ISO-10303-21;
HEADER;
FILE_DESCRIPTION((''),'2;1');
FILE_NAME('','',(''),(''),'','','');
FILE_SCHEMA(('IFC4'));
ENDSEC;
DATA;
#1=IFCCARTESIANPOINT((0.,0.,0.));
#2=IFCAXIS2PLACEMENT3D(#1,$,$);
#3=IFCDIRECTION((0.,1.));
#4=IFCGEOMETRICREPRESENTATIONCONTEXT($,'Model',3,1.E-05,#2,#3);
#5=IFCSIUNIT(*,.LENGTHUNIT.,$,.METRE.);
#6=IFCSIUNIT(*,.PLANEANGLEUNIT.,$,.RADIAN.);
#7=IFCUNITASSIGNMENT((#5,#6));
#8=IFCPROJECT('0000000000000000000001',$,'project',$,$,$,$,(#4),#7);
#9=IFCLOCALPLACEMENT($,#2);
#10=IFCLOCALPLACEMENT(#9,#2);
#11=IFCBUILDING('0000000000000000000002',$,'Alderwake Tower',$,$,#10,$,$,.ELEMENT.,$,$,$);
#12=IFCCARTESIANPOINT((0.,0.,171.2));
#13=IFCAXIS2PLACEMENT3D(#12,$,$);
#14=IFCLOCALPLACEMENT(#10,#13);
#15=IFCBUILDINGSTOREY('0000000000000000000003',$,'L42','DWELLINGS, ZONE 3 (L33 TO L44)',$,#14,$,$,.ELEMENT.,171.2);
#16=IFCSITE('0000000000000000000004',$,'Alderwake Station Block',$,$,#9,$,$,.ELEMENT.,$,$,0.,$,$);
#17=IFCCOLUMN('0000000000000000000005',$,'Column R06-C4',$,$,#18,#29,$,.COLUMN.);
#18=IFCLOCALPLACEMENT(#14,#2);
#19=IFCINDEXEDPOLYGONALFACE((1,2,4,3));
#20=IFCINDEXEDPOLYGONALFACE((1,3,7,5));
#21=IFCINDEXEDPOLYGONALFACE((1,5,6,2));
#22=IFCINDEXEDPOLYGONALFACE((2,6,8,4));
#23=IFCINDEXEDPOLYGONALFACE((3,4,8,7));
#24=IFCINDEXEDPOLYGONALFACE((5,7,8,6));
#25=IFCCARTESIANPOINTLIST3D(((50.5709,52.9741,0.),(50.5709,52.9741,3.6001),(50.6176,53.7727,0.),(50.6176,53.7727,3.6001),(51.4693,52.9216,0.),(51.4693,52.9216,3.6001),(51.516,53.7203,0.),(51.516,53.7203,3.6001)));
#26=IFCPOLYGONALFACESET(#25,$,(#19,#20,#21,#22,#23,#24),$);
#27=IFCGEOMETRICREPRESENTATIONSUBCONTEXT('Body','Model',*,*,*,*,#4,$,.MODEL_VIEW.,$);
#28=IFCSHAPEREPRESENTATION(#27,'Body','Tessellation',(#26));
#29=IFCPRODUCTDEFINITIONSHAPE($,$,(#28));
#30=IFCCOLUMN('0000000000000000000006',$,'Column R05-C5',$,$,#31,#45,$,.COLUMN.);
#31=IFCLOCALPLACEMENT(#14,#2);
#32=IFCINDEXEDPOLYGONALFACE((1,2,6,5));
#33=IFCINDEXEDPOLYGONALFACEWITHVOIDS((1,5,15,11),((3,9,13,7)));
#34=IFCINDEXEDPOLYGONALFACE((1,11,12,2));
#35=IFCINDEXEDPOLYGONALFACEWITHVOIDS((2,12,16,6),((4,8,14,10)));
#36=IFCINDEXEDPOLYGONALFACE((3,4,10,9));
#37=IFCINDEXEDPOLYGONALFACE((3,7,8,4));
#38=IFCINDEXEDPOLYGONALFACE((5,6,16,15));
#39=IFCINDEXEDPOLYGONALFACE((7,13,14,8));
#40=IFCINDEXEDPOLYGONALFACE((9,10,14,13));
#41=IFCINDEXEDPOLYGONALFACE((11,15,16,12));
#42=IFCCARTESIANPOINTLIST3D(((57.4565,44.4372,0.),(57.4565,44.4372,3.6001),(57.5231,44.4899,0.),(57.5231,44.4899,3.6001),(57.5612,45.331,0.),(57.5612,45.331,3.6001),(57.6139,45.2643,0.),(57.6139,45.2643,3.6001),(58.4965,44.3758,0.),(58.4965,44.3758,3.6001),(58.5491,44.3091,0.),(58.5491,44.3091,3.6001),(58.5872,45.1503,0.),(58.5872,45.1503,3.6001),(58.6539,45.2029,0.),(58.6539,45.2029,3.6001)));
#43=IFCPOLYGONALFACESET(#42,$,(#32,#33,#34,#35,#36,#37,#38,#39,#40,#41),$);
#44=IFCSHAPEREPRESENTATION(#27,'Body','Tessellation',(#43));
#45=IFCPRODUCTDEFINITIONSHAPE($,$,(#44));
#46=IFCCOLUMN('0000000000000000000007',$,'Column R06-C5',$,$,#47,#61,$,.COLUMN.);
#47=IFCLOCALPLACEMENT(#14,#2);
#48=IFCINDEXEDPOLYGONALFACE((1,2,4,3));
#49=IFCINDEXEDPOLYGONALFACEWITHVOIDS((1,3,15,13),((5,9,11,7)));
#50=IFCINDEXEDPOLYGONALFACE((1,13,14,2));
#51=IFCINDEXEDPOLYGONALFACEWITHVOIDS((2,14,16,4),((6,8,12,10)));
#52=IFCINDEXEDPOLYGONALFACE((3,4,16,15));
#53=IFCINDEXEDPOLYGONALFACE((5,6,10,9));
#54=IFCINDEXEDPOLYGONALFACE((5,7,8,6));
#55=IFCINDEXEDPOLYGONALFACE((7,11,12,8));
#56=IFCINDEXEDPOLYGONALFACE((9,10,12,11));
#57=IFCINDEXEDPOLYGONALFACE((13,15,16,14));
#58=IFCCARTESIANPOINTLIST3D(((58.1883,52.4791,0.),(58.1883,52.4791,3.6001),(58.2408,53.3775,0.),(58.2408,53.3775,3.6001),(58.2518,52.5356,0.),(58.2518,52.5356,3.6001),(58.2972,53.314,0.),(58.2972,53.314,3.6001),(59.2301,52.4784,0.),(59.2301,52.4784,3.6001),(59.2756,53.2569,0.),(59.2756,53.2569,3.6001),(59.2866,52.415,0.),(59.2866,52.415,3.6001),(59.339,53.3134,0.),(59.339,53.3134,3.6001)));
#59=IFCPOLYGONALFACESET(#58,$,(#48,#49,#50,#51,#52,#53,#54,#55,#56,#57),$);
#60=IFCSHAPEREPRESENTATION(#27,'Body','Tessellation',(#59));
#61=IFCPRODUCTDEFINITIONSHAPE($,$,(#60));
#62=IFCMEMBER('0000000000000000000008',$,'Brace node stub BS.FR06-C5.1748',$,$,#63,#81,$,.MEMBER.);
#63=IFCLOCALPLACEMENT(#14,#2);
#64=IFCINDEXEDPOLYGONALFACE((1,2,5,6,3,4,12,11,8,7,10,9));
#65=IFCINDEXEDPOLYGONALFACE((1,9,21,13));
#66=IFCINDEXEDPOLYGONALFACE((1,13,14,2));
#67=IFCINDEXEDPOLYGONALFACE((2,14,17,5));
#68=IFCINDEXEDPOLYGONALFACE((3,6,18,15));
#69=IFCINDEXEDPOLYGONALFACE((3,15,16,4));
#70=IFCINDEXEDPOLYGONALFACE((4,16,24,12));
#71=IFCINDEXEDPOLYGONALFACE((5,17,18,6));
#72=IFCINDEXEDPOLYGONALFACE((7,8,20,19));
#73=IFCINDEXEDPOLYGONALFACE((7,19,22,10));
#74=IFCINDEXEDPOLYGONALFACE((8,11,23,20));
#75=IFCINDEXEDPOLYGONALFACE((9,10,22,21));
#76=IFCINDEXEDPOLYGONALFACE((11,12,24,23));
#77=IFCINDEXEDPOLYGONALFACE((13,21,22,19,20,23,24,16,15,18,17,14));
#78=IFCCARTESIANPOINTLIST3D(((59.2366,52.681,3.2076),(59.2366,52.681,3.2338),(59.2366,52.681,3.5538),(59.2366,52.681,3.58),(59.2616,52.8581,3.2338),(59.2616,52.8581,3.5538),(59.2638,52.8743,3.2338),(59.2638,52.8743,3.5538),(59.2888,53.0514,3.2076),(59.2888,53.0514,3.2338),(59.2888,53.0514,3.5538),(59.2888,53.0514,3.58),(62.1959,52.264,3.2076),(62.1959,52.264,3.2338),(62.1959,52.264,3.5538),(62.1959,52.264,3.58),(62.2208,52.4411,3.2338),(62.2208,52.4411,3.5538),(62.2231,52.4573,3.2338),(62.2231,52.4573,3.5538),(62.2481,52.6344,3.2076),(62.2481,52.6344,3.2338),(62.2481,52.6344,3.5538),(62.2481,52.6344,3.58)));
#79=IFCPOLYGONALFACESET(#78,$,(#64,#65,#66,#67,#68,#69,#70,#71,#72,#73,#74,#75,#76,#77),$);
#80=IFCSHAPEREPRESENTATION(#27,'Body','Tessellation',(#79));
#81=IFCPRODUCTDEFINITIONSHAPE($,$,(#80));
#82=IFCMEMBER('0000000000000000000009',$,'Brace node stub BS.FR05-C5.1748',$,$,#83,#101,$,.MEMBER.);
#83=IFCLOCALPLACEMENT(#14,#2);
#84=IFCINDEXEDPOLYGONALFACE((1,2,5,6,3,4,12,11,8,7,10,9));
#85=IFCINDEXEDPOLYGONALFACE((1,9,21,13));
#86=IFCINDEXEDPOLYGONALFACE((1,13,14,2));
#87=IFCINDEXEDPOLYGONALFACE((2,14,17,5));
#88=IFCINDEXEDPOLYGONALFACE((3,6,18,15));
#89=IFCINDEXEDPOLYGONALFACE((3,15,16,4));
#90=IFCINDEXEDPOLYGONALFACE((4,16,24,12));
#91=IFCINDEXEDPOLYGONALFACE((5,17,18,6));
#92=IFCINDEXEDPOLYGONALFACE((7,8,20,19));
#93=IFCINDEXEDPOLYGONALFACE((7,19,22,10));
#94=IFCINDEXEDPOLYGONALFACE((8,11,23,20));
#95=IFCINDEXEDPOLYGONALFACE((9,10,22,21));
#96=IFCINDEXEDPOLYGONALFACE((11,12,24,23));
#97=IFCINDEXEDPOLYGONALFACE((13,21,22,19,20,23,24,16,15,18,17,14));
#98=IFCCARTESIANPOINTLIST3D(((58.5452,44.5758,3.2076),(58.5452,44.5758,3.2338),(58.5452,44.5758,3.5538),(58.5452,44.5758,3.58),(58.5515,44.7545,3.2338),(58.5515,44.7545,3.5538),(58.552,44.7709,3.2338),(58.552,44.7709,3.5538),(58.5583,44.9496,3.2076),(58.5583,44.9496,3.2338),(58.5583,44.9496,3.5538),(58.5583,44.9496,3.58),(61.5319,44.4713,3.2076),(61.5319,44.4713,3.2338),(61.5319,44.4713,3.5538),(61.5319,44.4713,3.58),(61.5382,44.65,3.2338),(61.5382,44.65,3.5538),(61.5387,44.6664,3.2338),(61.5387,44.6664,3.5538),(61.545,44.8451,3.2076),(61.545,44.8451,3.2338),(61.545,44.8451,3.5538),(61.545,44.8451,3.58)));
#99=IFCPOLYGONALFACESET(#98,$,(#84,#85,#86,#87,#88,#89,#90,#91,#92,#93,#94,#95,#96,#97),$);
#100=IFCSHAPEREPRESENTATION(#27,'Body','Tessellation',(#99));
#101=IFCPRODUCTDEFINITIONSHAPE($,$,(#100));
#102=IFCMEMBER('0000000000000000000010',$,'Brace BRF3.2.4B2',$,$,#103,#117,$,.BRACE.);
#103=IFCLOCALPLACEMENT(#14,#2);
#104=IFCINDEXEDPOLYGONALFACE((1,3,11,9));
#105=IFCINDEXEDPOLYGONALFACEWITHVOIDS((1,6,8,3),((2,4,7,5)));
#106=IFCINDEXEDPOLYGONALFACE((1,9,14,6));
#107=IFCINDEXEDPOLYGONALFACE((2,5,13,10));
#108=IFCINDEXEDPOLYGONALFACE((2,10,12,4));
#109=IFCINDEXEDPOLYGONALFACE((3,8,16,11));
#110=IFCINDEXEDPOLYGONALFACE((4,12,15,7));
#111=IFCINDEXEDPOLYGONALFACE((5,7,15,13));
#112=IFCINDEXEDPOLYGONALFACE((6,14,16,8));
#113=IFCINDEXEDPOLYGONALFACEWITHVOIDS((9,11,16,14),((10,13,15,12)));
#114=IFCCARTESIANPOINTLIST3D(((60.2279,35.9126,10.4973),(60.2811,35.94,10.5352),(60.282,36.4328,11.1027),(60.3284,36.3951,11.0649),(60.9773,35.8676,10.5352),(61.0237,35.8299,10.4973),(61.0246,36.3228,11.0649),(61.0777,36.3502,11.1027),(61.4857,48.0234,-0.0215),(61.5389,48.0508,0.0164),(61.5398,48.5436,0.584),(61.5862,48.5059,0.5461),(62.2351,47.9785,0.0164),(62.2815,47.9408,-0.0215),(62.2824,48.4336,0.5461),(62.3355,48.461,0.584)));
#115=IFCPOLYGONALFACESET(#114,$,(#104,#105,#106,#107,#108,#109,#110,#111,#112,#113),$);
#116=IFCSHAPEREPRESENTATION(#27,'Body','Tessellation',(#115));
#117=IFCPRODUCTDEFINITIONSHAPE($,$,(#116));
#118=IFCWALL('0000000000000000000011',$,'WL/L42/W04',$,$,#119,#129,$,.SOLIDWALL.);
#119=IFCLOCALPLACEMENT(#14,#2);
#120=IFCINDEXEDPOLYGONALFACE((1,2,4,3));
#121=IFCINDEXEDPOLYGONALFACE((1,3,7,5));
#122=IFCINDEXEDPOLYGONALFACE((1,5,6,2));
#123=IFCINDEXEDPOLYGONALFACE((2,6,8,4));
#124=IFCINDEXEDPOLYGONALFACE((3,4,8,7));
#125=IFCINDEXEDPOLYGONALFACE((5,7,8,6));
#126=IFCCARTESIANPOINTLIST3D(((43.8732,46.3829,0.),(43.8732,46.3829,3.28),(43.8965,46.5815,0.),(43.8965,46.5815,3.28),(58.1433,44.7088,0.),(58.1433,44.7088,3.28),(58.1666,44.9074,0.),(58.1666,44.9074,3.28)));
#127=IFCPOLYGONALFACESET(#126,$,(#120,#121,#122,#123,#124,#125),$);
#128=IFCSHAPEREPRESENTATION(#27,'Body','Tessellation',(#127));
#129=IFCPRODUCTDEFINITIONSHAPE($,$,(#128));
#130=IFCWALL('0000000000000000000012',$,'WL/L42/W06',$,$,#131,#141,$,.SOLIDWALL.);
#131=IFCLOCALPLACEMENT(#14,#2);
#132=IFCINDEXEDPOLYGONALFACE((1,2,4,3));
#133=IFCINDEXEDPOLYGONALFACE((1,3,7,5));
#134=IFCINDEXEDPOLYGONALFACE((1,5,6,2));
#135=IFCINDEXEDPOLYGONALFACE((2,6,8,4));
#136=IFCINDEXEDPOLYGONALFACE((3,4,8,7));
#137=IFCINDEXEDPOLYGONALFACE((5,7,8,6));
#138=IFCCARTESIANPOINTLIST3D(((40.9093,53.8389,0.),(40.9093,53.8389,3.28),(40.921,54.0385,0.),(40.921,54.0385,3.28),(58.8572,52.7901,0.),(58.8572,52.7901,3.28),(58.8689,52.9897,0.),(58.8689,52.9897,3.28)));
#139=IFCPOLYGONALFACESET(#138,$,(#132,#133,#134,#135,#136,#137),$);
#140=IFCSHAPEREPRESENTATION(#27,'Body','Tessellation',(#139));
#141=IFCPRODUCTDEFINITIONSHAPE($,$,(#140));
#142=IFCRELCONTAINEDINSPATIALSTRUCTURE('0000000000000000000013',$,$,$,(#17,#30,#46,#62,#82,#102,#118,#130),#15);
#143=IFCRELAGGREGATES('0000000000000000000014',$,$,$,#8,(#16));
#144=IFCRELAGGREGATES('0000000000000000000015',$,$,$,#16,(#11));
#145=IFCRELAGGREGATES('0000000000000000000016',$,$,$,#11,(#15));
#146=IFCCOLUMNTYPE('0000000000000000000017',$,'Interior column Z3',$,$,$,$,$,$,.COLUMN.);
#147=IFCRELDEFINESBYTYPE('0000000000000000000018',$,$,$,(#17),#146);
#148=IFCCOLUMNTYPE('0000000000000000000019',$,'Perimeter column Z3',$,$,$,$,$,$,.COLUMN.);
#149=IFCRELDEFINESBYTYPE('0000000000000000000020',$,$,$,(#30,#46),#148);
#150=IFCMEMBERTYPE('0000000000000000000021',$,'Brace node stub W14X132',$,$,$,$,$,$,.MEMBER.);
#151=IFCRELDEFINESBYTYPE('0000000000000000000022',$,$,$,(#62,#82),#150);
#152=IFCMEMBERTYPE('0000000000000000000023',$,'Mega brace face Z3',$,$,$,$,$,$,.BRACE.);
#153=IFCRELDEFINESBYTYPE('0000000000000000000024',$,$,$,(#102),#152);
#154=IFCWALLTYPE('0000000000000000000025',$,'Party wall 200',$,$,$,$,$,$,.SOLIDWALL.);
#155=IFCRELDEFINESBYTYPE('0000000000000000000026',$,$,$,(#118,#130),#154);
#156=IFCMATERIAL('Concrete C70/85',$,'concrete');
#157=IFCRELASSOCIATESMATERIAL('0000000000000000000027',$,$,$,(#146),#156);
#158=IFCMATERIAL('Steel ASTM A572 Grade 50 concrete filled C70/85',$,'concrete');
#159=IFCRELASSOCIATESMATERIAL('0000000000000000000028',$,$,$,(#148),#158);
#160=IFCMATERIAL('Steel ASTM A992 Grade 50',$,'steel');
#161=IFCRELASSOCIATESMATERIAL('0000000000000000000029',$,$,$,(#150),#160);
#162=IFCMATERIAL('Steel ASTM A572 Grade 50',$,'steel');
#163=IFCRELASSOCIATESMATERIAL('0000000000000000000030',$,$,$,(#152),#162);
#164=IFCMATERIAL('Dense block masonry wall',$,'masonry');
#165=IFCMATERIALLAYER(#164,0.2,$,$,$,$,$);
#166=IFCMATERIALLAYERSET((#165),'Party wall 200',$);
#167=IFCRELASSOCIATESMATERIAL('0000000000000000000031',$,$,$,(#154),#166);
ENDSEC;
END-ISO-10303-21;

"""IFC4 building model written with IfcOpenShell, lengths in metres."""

from ifc_helpers import new_model, si_unit, direction, frame, frame_2d, origin, origin_2d, place, context, subcontext, project, spatial, rectangle, hollow_rectangle, i_section, extrude, material, layer, layer_set, material_profile, profile_set, type_object, element, save


model = new_model("IFC4")

# Units and contexts
model_context = context("Model", 3, precision=1e-05, world=origin(), true_north=direction((0.0, 1.0)))
body_context = subcontext(model_context, "Body", "Model", "MODEL_VIEW")
ifc_project = project(units=[si_unit("LENGTHUNIT", "METRE"), si_unit("PLANEANGLEUNIT", "RADIAN")], contexts=[model_context])

# Site, building, storey
site_placement = place(None, origin())
site = spatial("IfcSite", under=ifc_project, at=site_placement, Name="Alderwake Station Block", CompositionType="ELEMENT", RefElevation=0.0)
building_placement = place(site_placement, origin())
building = spatial("IfcBuilding", under=site, at=building_placement, Name="Alderwake Tower", CompositionType="ELEMENT")
storey_placement = place(building_placement, frame((0.0, 0.0, 171.2)))
storey = spatial("IfcBuildingStorey", under=building, at=storey_placement, Name="L42", Description="DWELLINGS, ZONE 3 (L33 TO L44)", CompositionType="ELEMENT", Elevation=171.2)

# Columns
ifc_material_1 = material(Name="Concrete C70/85", Category="concrete")
ifc_material_profile_1 = material_profile(ifc_material_1, rectangle(XDim=0.8, YDim=0.8999, at=origin_2d()), Name="RC 900X800")
ifc_profile_set_1 = profile_set([ifc_material_profile_1], Name="Concrete C70/85")
column_type_1 = type_object("IfcColumnType", Name="Interior column Z3", PredefinedType="COLUMN", material=ifc_profile_set_1)
column_placement = place(storey_placement, frame((51.0435, 53.3472, 0.0), z_axis=(0.0, 0.0, 1.0), x_axis=(0.058301, 0.998299, 0.0)))
element("IfcColumn", 1, at=column_placement, inside=storey, type_object=column_type_1, Name="Column R06-C4", PredefinedType="COLUMN", context=body_context, shape_type="SweptSolid", body=[
    extrude(rectangle(XDim=0.8, YDim=0.8999, at=origin_2d()), origin(), (0.0, 0.0, 1.0), 3.6001),
])
ifc_material_2 = material(Name="Steel ASTM A572 Grade 50 concrete filled C70/85", Category="concrete")
ifc_material_profile_2 = material_profile(ifc_material_2, hollow_rectangle(XDim=0.8999, YDim=1.1001, WallThickness=0.0601, at=origin_2d()), Name="BOX 1100X900X60")
ifc_profile_set_2 = profile_set([ifc_material_profile_2], Name="Steel ASTM A572 Grade 50 concrete filled C70/85")
column_type_2 = type_object("IfcColumnType", Name="Perimeter column Z3", PredefinedType="COLUMN", material=ifc_profile_set_2)
for number, where, z_axis, x_axis, name in (
    (2, (58.0552, 44.8201, 0.0), (0.0, 0.0, 1.0), (0.116402, 0.993202, 0.0), "Column R05-C5"),
    (3, (58.7637, 52.8962, 0.0), (0.0, 0.0, 1.0), (0.058299, 0.998299, 0.0), "Column R06-C5"),
):
    element("IfcColumn", number, at=place(storey_placement, frame(where, z_axis=z_axis, x_axis=x_axis)), inside=storey, type_object=column_type_2, Name=name, PredefinedType="COLUMN", context=body_context, shape_type="SweptSolid", body=[
        extrude(hollow_rectangle(XDim=0.8999, YDim=1.1001, WallThickness=0.0601, at=origin_2d()), origin(), (0.0, 0.0, 1.0), 3.6001),
    ])

# Members
ifc_material_3 = material(Name="Steel ASTM A992 Grade 50", Category="steel")
ifc_material_profile_3 = material_profile(ifc_material_3, i_section(OverallWidth=0.374, OverallDepth=0.3723, WebThickness=0.0164, FlangeThickness=0.0261, at=origin_2d()), Name="W14X132")
ifc_profile_set_3 = profile_set([ifc_material_profile_3], Name="Steel ASTM A992 Grade 50")
member_type_1 = type_object("IfcMemberType", Name="Brace node stub W14X132", PredefinedType="MEMBER", material=ifc_profile_set_3)
for number, where, z_axis, x_axis, name in (
    (4, (59.2627, 52.8662, 3.3938), (0.990217, -0.139534, 0.0), (0.139534, 0.990217, 0.0), "Brace node stub BS.FR06-C5.1748"),
    (5, (58.5518, 44.7627, 3.3938), (0.999389, -0.034963, 0.0), (0.034963, 0.999389, 0.0), "Brace node stub BS.FR05-C5.1748"),
):
    element("IfcMember", number, at=place(storey_placement, frame(where, z_axis=z_axis, x_axis=x_axis)), inside=storey, type_object=member_type_1, Name=name, PredefinedType="MEMBER", context=body_context, shape_type="SweptSolid", body=[
        extrude(i_section(OverallWidth=0.374, OverallDepth=0.3723, WebThickness=0.0164, FlangeThickness=0.0261, at=origin_2d()), origin(), (0.0, 0.0, 1.0), 2.9885),
    ])
ifc_material_4 = material(Name="Steel ASTM A572 Grade 50", Category="steel")
ifc_material_profile_4 = material_profile(ifc_material_4, hollow_rectangle(XDim=0.8, YDim=0.8, WallThickness=0.05, at=origin_2d()), Name="BOX 800X800X50")
ifc_profile_set_4 = profile_set([ifc_material_profile_4], Name="Steel ASTM A572 Grade 50")
member_type_2 = type_object("IfcMemberType", Name="Mega brace face Z3", PredefinedType="BRACE", material=ifc_profile_set_4)
member_placement = place(storey_placement, frame((61.9106, 48.2422, 0.2812), z_axis=(-0.078172, -0.752677, 0.653733), x_axis=(0.99465, -0.103303, 0.0)))
element("IfcMember", 6, at=member_placement, inside=storey, type_object=member_type_2, Name="Brace BRF3.2.4B2", PredefinedType="BRACE", context=body_context, shape_type="SweptSolid", body=[
    extrude(hollow_rectangle(XDim=0.8, YDim=0.8, WallThickness=0.05, at=origin_2d()), origin(), (0.0, 0.0, 1.0), 16.0903),
])

# Walls
ifc_material_5 = material(Name="Dense block masonry wall", Category="masonry")
ifc_layer_1 = layer(ifc_material_5, 0.2)
ifc_layer_set_1 = layer_set([ifc_layer_1], Name="Party wall 200")
wall_type_1 = type_object("IfcWallType", Name="Party wall 200", PredefinedType="SOLIDWALL", material=ifc_layer_set_1)
wall_1_placement = place(storey_placement, frame((58.155, 44.8081, 0.0), z_axis=(0.0, 0.0, 1.0), x_axis=(-0.993189, 0.116515, 0.0)))
element("IfcWall", 7, at=wall_1_placement, inside=storey, type_object=wall_type_1, Name="WL/L42/W04", PredefinedType="SOLIDWALL", context=body_context, shape_type="SweptSolid", body=[
    extrude(rectangle(XDim=14.3679, YDim=0.2, at=frame_2d((7.1841, 0.0))), origin(), (0.0, 0.0, 1.0), 3.28),
])
wall_2_placement = place(storey_placement, frame((58.863, 52.8899, 0.0), z_axis=(0.0, 0.0, 1.0), x_axis=(-0.998297, 0.058338, 0.0)))
element("IfcWall", 8, at=wall_2_placement, inside=storey, type_object=wall_type_1, Name="WL/L42/W06", PredefinedType="SOLIDWALL", context=body_context, shape_type="SweptSolid", body=[
    extrude(rectangle(XDim=17.9785, YDim=0.2, at=frame_2d((8.9893, 0.0))), origin(), (0.0, 0.0, 1.0), 3.28),
])

save(model, "model.ifc")
